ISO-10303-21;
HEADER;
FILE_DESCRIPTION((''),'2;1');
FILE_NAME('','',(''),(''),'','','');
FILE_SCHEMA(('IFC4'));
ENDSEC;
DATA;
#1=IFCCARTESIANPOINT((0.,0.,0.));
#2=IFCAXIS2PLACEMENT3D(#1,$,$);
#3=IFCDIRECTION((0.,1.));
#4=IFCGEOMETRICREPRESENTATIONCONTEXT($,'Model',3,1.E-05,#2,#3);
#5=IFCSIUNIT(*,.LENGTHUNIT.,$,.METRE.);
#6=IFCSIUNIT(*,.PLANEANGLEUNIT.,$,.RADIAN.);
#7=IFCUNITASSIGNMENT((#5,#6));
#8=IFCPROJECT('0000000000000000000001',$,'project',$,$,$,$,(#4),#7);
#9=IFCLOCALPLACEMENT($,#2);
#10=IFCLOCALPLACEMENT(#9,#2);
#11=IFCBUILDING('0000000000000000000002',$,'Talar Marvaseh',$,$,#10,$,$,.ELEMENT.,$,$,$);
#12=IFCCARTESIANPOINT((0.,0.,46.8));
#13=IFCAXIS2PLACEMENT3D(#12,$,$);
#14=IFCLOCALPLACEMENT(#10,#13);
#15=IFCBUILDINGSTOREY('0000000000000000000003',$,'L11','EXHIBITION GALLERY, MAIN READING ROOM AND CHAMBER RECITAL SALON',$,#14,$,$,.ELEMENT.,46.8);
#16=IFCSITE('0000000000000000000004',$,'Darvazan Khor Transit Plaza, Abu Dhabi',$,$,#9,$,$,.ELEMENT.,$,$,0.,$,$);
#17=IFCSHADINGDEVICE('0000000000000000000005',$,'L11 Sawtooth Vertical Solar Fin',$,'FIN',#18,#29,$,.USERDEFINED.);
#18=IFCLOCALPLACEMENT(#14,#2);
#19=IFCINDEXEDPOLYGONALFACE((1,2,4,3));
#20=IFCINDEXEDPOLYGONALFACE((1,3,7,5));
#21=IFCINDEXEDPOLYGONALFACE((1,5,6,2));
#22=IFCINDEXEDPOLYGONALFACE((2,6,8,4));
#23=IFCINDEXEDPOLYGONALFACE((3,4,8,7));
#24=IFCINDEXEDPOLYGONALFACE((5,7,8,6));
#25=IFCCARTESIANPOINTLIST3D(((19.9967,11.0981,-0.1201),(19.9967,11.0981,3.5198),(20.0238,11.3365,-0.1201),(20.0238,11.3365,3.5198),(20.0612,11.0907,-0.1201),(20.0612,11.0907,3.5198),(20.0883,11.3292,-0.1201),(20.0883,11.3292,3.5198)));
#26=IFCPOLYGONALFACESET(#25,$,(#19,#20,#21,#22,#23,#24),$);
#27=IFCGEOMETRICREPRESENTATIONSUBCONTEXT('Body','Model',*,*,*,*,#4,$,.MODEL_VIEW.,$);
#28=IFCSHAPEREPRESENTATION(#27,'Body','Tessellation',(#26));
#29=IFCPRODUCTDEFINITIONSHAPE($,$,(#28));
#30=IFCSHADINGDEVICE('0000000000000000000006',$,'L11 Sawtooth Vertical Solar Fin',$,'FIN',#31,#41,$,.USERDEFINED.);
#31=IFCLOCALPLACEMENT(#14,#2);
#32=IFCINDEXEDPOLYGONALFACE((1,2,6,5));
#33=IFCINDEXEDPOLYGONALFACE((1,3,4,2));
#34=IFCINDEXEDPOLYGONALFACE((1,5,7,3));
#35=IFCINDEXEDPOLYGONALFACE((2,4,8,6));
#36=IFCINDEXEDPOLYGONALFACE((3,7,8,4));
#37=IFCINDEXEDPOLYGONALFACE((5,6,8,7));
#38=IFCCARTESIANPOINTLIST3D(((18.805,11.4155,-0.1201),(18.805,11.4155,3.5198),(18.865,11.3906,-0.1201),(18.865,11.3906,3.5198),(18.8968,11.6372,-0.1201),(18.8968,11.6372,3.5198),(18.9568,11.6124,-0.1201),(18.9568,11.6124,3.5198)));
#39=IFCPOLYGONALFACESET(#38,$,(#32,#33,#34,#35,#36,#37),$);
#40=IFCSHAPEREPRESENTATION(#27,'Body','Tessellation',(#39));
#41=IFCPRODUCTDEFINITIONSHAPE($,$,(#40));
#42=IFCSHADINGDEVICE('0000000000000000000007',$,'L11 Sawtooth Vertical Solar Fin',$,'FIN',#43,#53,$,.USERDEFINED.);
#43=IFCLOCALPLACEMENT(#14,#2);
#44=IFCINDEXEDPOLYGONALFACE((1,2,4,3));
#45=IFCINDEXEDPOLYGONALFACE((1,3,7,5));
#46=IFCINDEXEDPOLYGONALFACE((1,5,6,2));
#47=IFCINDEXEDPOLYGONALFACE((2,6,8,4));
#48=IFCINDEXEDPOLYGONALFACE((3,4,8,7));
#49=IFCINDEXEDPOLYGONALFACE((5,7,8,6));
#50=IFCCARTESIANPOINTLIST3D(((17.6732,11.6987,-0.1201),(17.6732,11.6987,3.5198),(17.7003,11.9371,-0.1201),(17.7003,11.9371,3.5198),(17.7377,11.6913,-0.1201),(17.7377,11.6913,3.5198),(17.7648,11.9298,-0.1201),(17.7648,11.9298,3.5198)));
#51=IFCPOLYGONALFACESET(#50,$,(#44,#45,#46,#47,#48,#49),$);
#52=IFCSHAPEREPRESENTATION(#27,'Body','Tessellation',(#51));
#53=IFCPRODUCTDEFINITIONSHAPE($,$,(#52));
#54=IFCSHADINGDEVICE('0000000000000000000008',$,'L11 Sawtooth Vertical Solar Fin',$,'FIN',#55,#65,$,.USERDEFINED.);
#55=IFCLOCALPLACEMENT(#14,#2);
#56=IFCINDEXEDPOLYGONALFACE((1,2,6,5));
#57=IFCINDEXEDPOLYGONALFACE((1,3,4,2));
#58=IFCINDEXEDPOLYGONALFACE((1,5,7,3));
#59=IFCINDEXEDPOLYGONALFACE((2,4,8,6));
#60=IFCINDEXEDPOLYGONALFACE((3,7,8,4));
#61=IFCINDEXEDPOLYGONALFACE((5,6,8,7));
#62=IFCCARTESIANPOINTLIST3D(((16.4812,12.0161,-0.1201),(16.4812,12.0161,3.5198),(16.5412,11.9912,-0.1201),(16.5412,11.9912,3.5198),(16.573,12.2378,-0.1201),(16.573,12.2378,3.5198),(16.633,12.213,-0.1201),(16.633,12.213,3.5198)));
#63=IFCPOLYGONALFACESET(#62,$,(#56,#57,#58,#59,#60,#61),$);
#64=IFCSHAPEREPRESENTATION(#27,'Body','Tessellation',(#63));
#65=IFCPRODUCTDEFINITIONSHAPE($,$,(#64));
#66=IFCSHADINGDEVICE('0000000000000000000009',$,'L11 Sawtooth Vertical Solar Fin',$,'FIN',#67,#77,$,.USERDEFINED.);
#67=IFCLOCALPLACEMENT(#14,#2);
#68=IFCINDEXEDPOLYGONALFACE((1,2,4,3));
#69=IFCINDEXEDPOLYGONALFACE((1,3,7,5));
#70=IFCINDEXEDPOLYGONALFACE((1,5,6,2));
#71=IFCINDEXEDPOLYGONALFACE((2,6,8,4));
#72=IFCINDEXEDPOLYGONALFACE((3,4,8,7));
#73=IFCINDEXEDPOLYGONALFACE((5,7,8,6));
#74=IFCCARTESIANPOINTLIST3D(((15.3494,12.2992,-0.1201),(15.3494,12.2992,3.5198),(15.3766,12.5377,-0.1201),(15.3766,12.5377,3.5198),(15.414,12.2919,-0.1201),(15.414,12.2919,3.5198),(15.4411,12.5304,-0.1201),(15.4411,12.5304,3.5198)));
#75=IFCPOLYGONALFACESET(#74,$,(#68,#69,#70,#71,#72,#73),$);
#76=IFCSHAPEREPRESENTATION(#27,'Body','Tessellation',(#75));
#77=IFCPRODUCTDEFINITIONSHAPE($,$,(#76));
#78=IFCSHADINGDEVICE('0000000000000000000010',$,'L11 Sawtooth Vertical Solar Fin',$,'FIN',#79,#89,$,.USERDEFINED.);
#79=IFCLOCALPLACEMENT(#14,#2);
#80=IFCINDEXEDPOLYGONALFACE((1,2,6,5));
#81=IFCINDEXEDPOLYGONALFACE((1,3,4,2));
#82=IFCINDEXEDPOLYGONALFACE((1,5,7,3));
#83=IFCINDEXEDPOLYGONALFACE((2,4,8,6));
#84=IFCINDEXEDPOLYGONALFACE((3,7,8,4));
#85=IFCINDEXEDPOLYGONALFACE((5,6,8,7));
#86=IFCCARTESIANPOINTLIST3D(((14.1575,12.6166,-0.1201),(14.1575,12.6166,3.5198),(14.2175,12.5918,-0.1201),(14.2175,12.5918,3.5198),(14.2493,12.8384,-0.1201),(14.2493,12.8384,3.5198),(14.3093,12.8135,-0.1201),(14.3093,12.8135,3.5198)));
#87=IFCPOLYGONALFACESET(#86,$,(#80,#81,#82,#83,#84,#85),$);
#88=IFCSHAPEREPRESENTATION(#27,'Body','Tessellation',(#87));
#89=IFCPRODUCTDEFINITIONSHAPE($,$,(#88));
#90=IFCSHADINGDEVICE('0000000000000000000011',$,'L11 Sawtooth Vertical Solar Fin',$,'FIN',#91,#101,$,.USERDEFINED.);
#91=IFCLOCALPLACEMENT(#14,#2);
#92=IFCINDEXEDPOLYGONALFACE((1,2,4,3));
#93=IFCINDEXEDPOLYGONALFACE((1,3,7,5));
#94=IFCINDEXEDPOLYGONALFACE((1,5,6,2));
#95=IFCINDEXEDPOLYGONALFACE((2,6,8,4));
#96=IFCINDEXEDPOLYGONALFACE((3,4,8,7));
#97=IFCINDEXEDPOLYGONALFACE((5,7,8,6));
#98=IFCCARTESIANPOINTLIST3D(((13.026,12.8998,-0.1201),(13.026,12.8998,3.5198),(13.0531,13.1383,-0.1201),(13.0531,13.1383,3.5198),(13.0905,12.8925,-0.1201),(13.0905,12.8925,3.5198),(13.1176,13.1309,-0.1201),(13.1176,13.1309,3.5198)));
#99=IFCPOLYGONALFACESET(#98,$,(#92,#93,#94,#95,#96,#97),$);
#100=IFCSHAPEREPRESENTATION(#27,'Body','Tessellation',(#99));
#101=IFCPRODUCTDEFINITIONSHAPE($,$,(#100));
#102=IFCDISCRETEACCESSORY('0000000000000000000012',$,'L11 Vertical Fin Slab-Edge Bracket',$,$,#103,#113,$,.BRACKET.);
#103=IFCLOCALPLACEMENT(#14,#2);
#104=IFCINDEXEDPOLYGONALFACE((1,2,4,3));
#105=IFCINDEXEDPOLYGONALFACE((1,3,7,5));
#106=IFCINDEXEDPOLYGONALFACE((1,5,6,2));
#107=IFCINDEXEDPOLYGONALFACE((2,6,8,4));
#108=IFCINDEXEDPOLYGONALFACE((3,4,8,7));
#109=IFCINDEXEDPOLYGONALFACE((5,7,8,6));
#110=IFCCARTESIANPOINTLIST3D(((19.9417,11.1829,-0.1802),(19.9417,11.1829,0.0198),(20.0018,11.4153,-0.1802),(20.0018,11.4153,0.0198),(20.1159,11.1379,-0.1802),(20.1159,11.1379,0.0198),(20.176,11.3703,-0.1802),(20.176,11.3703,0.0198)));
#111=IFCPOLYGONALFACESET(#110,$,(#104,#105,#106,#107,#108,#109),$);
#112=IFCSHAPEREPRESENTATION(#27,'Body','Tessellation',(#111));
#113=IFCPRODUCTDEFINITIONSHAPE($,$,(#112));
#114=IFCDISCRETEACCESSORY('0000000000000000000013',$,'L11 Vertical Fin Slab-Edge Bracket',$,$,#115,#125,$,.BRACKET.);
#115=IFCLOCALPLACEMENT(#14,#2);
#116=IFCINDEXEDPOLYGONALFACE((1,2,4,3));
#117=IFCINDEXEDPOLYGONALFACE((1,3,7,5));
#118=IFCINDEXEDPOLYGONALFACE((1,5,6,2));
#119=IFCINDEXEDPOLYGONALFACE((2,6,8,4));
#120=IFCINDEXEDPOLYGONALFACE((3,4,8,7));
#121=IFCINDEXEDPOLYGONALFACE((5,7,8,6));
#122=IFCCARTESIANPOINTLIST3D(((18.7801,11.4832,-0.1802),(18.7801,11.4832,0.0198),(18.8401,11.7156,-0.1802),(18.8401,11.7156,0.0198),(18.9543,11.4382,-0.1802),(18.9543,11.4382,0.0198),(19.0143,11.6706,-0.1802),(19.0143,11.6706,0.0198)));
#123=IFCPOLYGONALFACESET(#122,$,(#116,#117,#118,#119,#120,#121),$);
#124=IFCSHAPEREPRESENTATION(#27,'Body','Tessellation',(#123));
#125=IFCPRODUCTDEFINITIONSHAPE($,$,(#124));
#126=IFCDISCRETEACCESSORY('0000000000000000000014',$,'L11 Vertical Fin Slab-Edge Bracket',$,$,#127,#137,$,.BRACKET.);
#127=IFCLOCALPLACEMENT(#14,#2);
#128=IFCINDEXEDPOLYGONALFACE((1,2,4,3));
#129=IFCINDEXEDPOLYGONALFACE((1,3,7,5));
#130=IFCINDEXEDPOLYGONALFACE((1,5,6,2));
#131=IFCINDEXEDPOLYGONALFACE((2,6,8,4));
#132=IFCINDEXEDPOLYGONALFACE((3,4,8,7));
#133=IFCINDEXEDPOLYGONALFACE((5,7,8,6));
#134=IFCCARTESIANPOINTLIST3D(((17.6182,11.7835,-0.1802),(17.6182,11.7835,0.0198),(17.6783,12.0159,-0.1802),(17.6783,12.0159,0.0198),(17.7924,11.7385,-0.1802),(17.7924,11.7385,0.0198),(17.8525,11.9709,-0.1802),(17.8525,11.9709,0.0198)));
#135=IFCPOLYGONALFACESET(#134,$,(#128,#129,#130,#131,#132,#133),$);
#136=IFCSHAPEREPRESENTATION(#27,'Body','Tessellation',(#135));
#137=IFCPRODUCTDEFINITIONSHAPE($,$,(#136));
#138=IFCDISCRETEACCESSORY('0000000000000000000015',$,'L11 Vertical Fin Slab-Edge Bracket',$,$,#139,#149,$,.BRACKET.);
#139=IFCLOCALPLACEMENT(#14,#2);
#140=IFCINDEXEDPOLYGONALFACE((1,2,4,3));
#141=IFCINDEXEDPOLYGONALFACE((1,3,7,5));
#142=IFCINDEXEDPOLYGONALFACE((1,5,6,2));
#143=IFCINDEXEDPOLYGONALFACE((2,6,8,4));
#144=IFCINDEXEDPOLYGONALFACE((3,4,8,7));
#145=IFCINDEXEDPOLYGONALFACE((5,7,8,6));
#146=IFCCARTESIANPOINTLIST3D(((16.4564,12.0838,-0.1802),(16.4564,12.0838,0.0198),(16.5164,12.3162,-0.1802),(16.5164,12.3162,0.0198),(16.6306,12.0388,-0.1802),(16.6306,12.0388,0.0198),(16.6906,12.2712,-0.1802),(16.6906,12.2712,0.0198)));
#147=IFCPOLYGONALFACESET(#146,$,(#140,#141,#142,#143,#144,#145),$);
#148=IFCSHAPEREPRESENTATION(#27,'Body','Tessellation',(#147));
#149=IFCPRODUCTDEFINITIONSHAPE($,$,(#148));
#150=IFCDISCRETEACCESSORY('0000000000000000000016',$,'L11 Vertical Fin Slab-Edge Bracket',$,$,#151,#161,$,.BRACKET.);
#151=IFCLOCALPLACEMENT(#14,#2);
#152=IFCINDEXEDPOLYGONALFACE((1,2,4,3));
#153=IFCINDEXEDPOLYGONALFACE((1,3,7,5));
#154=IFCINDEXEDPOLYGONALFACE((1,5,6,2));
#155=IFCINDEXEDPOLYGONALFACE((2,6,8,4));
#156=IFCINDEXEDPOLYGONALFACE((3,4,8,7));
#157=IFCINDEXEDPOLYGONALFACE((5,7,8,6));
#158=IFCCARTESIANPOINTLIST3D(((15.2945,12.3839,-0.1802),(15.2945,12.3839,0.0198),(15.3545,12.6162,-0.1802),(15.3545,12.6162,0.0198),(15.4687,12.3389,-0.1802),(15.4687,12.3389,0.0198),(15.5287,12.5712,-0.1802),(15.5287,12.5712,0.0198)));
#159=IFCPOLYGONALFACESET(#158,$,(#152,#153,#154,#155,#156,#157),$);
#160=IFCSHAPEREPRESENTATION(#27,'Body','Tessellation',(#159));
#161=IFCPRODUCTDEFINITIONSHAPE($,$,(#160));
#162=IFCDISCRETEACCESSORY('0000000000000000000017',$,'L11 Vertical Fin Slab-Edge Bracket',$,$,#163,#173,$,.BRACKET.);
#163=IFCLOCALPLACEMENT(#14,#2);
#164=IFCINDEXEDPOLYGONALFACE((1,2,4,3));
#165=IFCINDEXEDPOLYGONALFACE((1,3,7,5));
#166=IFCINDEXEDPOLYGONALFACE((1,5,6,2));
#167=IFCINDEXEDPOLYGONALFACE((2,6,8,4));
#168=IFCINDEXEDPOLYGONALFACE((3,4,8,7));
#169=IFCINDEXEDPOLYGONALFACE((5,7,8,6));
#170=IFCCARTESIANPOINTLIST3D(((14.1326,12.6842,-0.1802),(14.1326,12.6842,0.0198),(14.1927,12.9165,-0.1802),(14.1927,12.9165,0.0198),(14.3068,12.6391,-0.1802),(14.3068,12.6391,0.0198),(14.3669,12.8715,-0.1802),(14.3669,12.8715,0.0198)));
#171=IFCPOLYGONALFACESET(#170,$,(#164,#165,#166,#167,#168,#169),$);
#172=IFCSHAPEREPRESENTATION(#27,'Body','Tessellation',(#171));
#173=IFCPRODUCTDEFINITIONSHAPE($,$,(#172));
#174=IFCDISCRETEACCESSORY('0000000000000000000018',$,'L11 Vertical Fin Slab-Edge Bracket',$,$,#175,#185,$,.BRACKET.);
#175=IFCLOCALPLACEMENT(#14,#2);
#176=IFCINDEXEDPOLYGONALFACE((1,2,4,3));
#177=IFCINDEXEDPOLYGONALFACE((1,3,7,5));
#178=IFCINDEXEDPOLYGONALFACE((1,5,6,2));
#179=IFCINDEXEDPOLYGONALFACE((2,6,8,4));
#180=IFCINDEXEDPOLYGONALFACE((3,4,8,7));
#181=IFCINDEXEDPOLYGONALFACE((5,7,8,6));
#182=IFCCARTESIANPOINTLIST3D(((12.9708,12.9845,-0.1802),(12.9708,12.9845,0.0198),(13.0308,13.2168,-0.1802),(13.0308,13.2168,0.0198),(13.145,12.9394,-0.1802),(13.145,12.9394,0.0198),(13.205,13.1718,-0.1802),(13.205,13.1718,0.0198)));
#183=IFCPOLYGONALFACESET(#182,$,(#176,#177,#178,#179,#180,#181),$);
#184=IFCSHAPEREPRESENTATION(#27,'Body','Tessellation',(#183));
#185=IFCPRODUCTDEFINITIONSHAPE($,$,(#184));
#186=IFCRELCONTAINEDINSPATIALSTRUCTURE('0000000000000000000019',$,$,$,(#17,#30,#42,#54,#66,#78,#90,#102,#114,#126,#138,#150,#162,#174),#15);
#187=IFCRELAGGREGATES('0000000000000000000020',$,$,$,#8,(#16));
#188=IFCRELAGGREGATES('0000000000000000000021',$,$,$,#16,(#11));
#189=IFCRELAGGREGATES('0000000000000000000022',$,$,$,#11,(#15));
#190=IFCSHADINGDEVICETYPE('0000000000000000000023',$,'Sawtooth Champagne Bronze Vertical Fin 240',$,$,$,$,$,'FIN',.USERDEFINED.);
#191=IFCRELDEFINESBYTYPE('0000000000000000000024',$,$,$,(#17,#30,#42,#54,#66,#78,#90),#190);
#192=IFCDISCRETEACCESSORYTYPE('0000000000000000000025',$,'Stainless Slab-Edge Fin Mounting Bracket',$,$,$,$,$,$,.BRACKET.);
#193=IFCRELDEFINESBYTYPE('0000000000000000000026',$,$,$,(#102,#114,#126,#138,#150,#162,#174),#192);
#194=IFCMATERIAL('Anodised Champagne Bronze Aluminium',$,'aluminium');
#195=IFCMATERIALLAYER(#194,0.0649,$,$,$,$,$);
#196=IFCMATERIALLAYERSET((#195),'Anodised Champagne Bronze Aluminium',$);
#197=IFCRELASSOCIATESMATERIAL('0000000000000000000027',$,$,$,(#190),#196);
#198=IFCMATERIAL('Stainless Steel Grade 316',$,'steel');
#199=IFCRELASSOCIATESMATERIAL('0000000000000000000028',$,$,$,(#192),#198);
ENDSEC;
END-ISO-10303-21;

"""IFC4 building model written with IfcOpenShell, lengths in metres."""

from ifc_helpers import new_model, si_unit, direction, frame, origin, origin_2d, place, context, subcontext, project, spatial, rectangle, extrude, source, transform, mapped, material, layer, layer_set, type_object, type_shapes, element, save


model = new_model("IFC4")

# Units and contexts
model_context = context("Model", 3, precision=1e-05, world=origin(), true_north=direction((0.0, 1.0)))
body_context = subcontext(model_context, "Body", "Model", "MODEL_VIEW")
ifc_project = project(units=[si_unit("LENGTHUNIT", "METRE"), si_unit("PLANEANGLEUNIT", "RADIAN")], contexts=[model_context])

# Site, building, storey
site_placement = place(None, origin())
site = spatial("IfcSite", under=ifc_project, at=site_placement, Name="Darvazan Khor Transit Plaza, Abu Dhabi", CompositionType="ELEMENT", RefElevation=0.0)
building_placement = place(site_placement, origin())
building = spatial("IfcBuilding", under=site, at=building_placement, Name="Talar Marvaseh", CompositionType="ELEMENT")
storey_placement = place(building_placement, frame((0.0, 0.0, 46.8)))
storey = spatial("IfcBuildingStorey", under=building, at=storey_placement, Name="L11", Description="EXHIBITION GALLERY, MAIN READING ROOM AND CHAMBER RECITAL SALON", CompositionType="ELEMENT", Elevation=46.8)

# Shading devices
ifc_material_1 = material(Name="Anodised Champagne Bronze Aluminium", Category="aluminium")
ifc_layer_1 = layer(ifc_material_1, 0.0649)
ifc_layer_set_1 = layer_set([ifc_layer_1], Name="Anodised Champagne Bronze Aluminium")
shading_device_type = type_object("IfcShadingDeviceType", Name="Sawtooth Champagne Bronze Vertical Fin 240", ElementType="FIN", PredefinedType="USERDEFINED", material=ifc_layer_set_1)
shared_shape_1 = source(origin(), body_context, "Body", "SweptSolid", [
    extrude(rectangle(XDim=0.24, YDim=0.0649, at=origin_2d()), origin(), (0.0, 0.0, 1.0), 3.6399),
])
type_shapes(shading_device_type, [shared_shape_1])
for number, where, z_axis, x_axis, name in (
    (1, (20.0425, 11.2136, -0.1201), (0.0, 0.0, 1.0), (-0.11303, -0.993592, 0.0), "L11 Sawtooth Vertical Solar Fin"),
    (2, (18.8809, 11.5139, -0.1201), (0.0, 0.0, 1.0), (-0.382522, -0.923946, 0.0), "L11 Sawtooth Vertical Solar Fin"),
    (3, (17.719, 11.8142, -0.1201), (0.0, 0.0, 1.0), (-0.11303, -0.993592, 0.0), "L11 Sawtooth Vertical Solar Fin"),
    (4, (16.5571, 12.1145, -0.1201), (0.0, 0.0, 1.0), (-0.382522, -0.923946, 0.0), "L11 Sawtooth Vertical Solar Fin"),
    (5, (15.3953, 12.4148, -0.1201), (0.0, 0.0, 1.0), (-0.11303, -0.993592, 0.0), "L11 Sawtooth Vertical Solar Fin"),
    (6, (14.2334, 12.7151, -0.1201), (0.0, 0.0, 1.0), (-0.382522, -0.923946, 0.0), "L11 Sawtooth Vertical Solar Fin"),
    (7, (13.0718, 13.0154, -0.1201), (0.0, 0.0, 1.0), (-0.11303, -0.993592, 0.0), "L11 Sawtooth Vertical Solar Fin"),
):
    element("IfcShadingDevice", number, at=place(storey_placement, frame(where, z_axis=z_axis, x_axis=x_axis)), inside=storey, type_object=shading_device_type, Name=name, ObjectType="FIN", PredefinedType="USERDEFINED", context=body_context, shape_type="MappedRepresentation", body=[
        mapped(shared_shape_1, transform((0.0, 0.0, 0.0), x_axis=(1.0, 0.0, 0.0), y_axis=(0.0, 1.0, 0.0), z_axis=(0.0, 0.0, 1.0), scale=1.0)),
    ])

# Discrete accessories
ifc_material_2 = material(Name="Stainless Steel Grade 316", Category="steel")
discrete_accessory_type = type_object("IfcDiscreteAccessoryType", Name="Stainless Slab-Edge Fin Mounting Bracket", PredefinedType="BRACKET", material=ifc_material_2)
shared_shape_2 = source(origin(), body_context, "Body", "SweptSolid", [
    extrude(rectangle(XDim=0.24, YDim=0.1799, at=origin_2d()), origin(), (0.0, 0.0, 1.0), 0.2),
])
type_shapes(discrete_accessory_type, [shared_shape_2])
for number, where, z_axis, x_axis, name in (
    (8, (20.0588, 11.2766, -0.1802), (0.0, 0.0, 1.0), (-0.250211, -0.968191, 0.0), "L11 Vertical Fin Slab-Edge Bracket"),
    (9, (18.8972, 11.5769, -0.1802), (0.0, 0.0, 1.0), (-0.250211, -0.968191, 0.0), "L11 Vertical Fin Slab-Edge Bracket"),
    (10, (17.7354, 11.8772, -0.1802), (0.0, 0.0, 1.0), (-0.250211, -0.968191, 0.0), "L11 Vertical Fin Slab-Edge Bracket"),
    (11, (16.5735, 12.1775, -0.1802), (0.0, 0.0, 1.0), (-0.250211, -0.968191, 0.0), "L11 Vertical Fin Slab-Edge Bracket"),
    (12, (15.4116, 12.4775, -0.1802), (0.0, 0.0, 1.0), (-0.250211, -0.968191, 0.0), "L11 Vertical Fin Slab-Edge Bracket"),
    (13, (14.2498, 12.7778, -0.1802), (0.0, 0.0, 1.0), (-0.250211, -0.968191, 0.0), "L11 Vertical Fin Slab-Edge Bracket"),
    (14, (13.0879, 13.0781, -0.1802), (0.0, 0.0, 1.0), (-0.250211, -0.968191, 0.0), "L11 Vertical Fin Slab-Edge Bracket"),
):
    element("IfcDiscreteAccessory", number, at=place(storey_placement, frame(where, z_axis=z_axis, x_axis=x_axis)), inside=storey, type_object=discrete_accessory_type, Name=name, PredefinedType="BRACKET", context=body_context, shape_type="MappedRepresentation", body=[
        mapped(shared_shape_2, transform((0.0, 0.0, 0.0), x_axis=(1.0, 0.0, 0.0), y_axis=(0.0, 1.0, 0.0), z_axis=(0.0, 0.0, 1.0), scale=1.0)),
    ])

save(model, "model.ifc")
